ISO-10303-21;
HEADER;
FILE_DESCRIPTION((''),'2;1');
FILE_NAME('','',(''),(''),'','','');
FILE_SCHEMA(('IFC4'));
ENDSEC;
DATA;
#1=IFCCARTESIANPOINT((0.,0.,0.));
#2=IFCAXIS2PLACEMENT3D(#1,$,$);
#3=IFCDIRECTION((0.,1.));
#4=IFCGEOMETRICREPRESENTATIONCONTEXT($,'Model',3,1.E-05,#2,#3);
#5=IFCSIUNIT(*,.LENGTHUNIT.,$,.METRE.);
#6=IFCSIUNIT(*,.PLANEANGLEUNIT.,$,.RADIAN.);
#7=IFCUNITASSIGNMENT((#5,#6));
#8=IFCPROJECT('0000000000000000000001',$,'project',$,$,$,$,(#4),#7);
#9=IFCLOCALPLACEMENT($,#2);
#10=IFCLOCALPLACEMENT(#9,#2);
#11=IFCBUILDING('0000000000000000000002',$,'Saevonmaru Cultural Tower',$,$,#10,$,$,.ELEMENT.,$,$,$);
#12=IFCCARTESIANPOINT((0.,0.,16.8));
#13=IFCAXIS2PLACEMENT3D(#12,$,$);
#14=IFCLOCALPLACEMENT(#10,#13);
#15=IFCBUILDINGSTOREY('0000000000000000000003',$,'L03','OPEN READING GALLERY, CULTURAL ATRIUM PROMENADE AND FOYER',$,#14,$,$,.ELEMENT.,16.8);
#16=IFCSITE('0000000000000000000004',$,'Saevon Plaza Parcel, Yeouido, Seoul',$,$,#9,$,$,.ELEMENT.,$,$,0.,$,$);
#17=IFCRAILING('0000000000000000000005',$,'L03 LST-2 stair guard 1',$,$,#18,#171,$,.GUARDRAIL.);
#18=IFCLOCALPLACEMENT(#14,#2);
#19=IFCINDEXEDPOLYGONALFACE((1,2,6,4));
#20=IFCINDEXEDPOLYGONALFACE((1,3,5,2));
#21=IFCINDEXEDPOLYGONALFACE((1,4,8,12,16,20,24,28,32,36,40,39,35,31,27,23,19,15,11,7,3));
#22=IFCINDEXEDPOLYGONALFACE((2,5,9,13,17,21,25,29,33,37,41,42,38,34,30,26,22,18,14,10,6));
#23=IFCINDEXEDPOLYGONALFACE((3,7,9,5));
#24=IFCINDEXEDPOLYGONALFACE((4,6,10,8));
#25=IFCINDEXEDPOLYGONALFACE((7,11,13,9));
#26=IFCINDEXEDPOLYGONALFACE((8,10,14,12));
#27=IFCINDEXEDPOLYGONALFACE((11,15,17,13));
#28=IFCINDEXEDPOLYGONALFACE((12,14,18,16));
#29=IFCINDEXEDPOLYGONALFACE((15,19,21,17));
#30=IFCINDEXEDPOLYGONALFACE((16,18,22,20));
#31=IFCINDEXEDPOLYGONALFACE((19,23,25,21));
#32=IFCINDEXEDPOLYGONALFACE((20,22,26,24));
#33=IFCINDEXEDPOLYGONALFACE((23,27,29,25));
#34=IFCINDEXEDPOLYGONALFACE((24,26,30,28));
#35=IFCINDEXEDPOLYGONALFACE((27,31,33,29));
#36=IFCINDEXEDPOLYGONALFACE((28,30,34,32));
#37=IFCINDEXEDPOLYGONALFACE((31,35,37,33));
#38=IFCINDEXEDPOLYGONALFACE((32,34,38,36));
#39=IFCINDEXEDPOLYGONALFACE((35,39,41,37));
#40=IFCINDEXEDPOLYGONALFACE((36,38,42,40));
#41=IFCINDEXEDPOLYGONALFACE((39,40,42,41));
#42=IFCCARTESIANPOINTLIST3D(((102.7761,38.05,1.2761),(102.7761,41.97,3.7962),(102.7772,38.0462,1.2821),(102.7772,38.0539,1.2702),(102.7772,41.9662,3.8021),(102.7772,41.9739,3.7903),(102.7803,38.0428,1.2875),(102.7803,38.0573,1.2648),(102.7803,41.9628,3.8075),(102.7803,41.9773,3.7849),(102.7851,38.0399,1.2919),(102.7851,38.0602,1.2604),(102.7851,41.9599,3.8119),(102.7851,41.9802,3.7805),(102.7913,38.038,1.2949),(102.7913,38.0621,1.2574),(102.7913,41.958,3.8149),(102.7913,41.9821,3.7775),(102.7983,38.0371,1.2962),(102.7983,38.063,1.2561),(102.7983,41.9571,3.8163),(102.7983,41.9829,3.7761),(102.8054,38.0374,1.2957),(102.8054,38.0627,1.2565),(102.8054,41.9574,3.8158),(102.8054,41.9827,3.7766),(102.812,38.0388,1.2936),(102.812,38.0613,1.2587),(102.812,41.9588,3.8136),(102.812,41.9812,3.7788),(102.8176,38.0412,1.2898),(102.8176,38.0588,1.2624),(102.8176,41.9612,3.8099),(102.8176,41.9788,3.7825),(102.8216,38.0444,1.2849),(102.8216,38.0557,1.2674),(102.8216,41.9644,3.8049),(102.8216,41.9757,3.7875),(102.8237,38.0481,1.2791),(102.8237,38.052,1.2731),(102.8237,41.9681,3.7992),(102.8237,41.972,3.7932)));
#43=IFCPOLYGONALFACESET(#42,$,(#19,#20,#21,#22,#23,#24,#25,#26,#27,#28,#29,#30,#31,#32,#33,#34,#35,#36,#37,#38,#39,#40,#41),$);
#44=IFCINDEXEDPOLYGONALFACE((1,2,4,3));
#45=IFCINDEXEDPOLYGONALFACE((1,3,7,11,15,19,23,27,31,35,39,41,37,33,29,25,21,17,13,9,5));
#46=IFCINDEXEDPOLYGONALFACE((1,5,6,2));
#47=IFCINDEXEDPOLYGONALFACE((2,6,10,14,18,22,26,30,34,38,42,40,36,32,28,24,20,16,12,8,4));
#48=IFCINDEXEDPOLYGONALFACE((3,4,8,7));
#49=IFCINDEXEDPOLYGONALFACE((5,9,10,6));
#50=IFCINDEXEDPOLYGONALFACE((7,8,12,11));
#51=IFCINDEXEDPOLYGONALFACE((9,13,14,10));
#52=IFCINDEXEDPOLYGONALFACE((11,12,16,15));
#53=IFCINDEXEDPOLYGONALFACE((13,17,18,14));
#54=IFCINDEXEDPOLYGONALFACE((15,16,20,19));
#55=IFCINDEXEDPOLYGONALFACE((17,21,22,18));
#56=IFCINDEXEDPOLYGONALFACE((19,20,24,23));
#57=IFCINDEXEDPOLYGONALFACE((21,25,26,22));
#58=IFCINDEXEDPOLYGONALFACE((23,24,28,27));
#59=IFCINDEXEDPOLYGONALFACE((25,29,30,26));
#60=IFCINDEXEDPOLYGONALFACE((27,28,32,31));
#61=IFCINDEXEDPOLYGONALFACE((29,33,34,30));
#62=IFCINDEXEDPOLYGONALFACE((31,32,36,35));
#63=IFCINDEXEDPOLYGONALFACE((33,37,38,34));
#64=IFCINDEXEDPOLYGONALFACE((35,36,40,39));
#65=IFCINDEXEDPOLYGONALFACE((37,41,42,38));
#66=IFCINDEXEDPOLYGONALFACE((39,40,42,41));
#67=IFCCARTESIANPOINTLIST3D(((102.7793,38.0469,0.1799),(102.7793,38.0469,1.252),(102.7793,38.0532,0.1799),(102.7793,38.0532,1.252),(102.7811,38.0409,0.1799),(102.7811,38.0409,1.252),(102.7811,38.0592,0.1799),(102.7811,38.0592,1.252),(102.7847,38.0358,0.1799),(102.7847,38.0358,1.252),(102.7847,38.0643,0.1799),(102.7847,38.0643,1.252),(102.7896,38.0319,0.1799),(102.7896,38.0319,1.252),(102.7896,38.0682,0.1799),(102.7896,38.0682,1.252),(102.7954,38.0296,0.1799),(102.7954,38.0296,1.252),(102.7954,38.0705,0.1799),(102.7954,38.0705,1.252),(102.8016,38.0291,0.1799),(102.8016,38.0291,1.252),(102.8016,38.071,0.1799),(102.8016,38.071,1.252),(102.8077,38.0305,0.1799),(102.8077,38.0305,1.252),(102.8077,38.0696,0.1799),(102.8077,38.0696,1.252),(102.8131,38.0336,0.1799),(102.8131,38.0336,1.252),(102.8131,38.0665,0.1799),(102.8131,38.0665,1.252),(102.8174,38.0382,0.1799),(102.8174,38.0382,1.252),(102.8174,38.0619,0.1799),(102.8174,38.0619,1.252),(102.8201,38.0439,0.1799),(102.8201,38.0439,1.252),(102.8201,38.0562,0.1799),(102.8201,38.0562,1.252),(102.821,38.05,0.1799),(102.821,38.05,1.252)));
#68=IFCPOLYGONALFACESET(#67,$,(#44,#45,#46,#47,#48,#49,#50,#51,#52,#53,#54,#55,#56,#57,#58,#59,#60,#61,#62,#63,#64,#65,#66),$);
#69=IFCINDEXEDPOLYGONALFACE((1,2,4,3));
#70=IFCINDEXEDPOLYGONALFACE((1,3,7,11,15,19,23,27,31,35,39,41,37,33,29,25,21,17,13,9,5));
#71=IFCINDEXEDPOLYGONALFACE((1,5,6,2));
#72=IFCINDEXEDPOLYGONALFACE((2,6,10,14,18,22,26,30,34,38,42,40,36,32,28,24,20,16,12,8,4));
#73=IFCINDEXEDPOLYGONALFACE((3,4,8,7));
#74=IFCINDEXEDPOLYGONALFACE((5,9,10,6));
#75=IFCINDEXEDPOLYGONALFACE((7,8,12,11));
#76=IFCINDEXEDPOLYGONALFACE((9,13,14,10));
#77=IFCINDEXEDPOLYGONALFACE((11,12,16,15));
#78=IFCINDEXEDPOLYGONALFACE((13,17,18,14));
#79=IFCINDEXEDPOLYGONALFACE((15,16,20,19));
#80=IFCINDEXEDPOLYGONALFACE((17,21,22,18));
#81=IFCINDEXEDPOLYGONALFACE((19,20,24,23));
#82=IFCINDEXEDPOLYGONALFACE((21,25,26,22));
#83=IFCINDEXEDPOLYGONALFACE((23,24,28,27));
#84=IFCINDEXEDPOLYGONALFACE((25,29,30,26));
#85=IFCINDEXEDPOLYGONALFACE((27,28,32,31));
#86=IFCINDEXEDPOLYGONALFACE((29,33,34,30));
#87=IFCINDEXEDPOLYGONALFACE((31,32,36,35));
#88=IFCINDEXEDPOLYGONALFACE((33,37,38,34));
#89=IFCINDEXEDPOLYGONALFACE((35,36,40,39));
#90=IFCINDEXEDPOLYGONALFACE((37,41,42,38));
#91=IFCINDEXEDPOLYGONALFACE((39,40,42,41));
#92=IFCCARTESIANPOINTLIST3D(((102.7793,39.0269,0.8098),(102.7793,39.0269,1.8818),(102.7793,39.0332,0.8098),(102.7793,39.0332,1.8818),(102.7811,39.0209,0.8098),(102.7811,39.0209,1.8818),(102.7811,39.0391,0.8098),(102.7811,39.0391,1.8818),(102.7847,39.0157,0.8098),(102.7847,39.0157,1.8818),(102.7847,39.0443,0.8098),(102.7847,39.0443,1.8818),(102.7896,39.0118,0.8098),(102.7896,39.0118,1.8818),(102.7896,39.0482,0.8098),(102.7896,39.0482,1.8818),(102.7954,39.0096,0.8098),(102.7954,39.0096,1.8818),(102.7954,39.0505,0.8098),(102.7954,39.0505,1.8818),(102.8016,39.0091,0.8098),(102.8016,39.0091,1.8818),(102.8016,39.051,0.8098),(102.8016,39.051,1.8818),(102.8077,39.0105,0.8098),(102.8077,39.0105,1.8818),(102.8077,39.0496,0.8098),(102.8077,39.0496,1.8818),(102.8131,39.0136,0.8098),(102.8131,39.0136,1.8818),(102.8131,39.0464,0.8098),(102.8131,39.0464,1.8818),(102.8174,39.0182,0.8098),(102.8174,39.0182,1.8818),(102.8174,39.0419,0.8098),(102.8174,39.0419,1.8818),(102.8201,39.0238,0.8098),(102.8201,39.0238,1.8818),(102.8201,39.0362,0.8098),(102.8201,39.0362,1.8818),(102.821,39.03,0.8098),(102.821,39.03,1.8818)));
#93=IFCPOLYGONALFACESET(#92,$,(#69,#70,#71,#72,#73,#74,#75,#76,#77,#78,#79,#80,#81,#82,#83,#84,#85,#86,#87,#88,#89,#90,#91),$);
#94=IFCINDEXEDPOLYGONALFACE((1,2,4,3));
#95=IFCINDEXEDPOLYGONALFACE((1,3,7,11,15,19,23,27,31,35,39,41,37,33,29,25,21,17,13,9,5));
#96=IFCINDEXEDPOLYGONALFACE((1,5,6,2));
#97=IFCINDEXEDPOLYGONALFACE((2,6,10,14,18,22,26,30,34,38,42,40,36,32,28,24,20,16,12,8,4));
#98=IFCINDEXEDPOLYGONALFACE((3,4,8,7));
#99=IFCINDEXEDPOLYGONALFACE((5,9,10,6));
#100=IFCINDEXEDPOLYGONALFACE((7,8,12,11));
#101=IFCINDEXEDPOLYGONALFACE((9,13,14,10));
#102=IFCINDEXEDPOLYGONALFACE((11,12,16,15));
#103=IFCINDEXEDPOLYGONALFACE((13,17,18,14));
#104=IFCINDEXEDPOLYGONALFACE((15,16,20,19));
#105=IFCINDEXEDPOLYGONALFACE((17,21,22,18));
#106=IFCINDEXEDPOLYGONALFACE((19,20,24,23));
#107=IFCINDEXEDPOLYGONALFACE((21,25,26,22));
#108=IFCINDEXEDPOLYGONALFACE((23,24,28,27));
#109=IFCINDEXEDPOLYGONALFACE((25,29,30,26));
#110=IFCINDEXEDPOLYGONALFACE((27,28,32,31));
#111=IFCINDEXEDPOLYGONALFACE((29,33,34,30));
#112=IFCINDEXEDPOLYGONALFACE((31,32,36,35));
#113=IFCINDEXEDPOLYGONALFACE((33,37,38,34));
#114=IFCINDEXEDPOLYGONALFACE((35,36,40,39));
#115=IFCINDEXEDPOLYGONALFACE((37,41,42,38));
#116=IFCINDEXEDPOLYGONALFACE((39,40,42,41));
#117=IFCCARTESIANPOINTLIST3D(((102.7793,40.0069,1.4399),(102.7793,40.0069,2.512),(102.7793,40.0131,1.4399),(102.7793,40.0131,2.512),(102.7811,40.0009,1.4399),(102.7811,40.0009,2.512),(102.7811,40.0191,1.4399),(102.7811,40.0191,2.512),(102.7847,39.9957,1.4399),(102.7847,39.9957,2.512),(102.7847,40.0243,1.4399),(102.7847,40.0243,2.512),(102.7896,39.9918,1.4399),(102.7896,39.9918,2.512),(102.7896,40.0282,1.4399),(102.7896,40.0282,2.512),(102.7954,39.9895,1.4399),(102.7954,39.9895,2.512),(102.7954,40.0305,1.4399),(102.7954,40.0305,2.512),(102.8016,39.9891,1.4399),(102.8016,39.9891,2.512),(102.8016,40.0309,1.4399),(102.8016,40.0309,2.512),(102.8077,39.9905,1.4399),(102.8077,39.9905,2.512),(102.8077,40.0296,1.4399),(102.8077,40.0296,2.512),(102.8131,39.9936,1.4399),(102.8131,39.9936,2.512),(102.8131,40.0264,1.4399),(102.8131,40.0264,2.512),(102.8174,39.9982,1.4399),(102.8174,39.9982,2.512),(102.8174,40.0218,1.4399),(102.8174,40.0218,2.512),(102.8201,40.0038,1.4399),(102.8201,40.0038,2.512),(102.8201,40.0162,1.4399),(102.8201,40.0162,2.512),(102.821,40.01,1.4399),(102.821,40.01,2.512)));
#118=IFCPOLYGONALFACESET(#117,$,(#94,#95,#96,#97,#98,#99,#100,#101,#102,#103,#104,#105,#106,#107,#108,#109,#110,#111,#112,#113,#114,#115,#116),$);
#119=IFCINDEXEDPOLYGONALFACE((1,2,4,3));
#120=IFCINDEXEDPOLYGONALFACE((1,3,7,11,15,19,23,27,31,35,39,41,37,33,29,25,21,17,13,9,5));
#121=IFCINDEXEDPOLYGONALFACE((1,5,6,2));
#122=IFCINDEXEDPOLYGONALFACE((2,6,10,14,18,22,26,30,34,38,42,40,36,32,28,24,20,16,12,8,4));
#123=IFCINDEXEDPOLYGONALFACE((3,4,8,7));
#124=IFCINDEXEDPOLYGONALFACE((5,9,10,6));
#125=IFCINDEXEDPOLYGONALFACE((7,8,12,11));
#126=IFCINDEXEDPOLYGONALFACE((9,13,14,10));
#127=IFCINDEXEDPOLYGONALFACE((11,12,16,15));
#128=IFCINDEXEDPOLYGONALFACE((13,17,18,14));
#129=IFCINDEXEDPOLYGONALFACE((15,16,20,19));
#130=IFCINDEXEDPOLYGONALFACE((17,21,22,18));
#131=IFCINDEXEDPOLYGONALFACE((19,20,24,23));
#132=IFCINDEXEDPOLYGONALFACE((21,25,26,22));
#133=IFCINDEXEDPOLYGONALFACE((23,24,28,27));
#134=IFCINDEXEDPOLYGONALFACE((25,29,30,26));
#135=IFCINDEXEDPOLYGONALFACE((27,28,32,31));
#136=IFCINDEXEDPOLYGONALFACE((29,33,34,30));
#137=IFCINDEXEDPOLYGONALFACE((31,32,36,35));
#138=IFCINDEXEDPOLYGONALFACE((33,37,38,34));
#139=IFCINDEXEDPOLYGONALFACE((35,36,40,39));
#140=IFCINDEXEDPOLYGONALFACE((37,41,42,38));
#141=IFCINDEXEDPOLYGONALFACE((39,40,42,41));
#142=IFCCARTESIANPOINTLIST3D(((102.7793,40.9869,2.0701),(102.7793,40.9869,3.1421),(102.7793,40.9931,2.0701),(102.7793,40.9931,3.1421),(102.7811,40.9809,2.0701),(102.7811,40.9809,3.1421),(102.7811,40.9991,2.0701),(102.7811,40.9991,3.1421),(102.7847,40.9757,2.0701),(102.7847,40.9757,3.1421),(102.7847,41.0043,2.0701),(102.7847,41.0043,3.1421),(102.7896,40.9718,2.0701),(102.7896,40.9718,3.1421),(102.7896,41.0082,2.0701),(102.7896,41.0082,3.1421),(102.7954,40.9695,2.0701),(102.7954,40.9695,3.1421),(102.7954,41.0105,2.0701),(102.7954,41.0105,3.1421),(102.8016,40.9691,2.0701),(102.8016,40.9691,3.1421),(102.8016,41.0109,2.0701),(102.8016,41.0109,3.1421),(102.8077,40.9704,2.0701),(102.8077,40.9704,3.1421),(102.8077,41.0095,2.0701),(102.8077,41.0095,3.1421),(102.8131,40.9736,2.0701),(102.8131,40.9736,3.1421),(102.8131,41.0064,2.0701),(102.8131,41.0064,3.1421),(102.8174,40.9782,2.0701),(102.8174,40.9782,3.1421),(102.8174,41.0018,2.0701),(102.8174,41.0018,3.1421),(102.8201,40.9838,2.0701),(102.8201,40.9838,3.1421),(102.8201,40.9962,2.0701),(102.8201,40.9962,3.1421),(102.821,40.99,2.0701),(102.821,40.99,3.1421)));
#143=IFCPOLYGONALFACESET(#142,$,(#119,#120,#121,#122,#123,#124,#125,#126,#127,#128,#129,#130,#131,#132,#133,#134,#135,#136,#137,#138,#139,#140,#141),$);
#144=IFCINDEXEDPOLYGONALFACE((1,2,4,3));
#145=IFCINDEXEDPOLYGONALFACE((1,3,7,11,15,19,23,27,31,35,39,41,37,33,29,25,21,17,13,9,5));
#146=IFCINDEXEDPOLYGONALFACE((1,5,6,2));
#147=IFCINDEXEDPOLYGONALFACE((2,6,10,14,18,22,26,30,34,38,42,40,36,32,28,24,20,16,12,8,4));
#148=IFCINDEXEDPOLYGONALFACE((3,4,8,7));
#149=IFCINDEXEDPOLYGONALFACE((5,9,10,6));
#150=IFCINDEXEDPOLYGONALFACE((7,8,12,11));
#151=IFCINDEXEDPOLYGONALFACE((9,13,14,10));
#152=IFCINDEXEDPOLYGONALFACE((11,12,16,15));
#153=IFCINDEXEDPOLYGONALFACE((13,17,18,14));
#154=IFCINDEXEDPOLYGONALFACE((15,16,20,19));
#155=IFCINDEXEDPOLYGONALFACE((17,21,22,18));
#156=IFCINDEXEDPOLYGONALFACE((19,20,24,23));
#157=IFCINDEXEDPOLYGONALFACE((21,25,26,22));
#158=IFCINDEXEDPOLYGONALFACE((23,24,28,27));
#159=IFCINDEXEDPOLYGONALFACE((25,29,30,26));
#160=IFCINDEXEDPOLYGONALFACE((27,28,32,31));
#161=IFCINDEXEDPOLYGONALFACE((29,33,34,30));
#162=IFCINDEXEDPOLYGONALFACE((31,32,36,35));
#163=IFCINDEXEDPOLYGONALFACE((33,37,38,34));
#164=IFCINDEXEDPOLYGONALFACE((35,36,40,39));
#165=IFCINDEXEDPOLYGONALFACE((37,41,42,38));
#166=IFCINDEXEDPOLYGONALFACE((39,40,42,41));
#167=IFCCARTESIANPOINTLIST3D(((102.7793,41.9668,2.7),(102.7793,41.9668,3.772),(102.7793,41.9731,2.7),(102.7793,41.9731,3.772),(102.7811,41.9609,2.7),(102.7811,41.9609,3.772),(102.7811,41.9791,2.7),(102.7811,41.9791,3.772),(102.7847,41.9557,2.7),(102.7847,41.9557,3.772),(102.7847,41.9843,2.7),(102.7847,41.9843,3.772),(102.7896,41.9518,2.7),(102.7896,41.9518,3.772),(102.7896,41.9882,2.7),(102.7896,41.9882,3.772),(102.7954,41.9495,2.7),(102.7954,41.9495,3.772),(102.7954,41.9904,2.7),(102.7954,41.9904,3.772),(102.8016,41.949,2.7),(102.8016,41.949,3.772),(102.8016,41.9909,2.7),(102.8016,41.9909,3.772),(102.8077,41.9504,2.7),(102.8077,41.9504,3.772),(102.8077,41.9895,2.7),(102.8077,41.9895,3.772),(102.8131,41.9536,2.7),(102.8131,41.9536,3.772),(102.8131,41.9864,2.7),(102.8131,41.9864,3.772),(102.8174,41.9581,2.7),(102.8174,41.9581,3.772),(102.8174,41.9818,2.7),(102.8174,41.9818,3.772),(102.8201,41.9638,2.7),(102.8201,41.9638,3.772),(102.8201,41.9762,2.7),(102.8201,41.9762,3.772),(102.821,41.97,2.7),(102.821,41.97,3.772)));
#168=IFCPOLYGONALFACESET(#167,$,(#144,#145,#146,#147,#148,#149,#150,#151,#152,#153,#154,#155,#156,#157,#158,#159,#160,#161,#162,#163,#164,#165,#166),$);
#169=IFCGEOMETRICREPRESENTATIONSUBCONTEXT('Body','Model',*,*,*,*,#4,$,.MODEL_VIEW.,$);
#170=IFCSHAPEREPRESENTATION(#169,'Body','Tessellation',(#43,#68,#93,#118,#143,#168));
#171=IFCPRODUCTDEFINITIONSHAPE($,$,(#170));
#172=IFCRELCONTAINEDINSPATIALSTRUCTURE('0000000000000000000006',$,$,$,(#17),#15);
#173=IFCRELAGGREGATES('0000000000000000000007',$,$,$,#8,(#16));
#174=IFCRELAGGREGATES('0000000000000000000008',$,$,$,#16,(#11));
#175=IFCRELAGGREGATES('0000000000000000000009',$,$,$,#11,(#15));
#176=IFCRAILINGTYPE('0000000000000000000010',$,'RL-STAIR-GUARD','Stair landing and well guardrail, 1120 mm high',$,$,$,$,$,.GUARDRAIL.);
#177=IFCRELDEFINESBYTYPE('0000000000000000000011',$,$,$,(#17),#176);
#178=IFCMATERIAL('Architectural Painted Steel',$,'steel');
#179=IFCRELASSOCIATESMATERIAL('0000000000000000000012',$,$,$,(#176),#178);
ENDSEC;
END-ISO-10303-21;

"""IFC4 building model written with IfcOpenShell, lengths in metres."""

from ifc_helpers import new_model, si_unit, direction, frame, origin, origin_2d, place, context, subcontext, project, spatial, circle, extrude, material, type_object, element, save


model = new_model("IFC4")

# Units and contexts
model_context = context("Model", 3, precision=1e-05, world=origin(), true_north=direction((0.0, 1.0)))
body_context = subcontext(model_context, "Body", "Model", "MODEL_VIEW")
ifc_project = project(units=[si_unit("LENGTHUNIT", "METRE"), si_unit("PLANEANGLEUNIT", "RADIAN")], contexts=[model_context])

# Site, building, storey
site_placement = place(None, origin())
site = spatial("IfcSite", under=ifc_project, at=site_placement, Name="Saevon Plaza Parcel, Yeouido, Seoul", CompositionType="ELEMENT", RefElevation=0.0)
building_placement = place(site_placement, origin())
building = spatial("IfcBuilding", under=site, at=building_placement, Name="Saevonmaru Cultural Tower", CompositionType="ELEMENT")
storey_placement = place(building_placement, frame((0.0, 0.0, 16.8)))
storey = spatial("IfcBuildingStorey", under=building, at=storey_placement, Name="L03", Description="OPEN READING GALLERY, CULTURAL ATRIUM PROMENADE AND FOYER", CompositionType="ELEMENT", Elevation=16.8)

# Railing
ifc_material_1 = material(Name="Architectural Painted Steel", Category="steel")
railing_type_1 = type_object("IfcRailingType", Name="RL-STAIR-GUARD", Description="Stair landing and well guardrail, 1120 mm high", PredefinedType="GUARDRAIL", material=ifc_material_1)
railing_1_placement = place(storey_placement, frame((102.8, 38.05, 0.1799)))
element("IfcRailing", 1, at=railing_1_placement, inside=storey, type_object=railing_type_1, Name="L03 LST-2 stair guard 1", PredefinedType="GUARDRAIL", context=body_context, shape_type="SweptSolid", body=[
    extrude(circle(Radius=0.0239, at=origin_2d()), frame((0.0, 0.0, 1.0962), z_axis=(0.0, 0.841172, 0.540768), x_axis=(-1.0, 0.0, 0.0)), (0.0, 0.0, 1.0), 4.6602),
    extrude(circle(Radius=0.021, at=origin_2d()), origin(), (0.0, 0.0, 1.0), 1.072),
    extrude(circle(Radius=0.021, at=origin_2d()), frame((0.0, 0.98, 0.6299)), (0.0, 0.0, 1.0), 1.072),
    extrude(circle(Radius=0.021, at=origin_2d()), frame((0.0, 1.96, 1.26)), (0.0, 0.0, 1.0), 1.072),
    extrude(circle(Radius=0.021, at=origin_2d()), frame((0.0, 2.9399, 1.8901)), (0.0, 0.0, 1.0), 1.072),
    extrude(circle(Radius=0.021, at=origin_2d()), frame((0.0, 3.9199, 2.52)), (0.0, 0.0, 1.0), 1.072),
])

save(model, "model.ifc")
